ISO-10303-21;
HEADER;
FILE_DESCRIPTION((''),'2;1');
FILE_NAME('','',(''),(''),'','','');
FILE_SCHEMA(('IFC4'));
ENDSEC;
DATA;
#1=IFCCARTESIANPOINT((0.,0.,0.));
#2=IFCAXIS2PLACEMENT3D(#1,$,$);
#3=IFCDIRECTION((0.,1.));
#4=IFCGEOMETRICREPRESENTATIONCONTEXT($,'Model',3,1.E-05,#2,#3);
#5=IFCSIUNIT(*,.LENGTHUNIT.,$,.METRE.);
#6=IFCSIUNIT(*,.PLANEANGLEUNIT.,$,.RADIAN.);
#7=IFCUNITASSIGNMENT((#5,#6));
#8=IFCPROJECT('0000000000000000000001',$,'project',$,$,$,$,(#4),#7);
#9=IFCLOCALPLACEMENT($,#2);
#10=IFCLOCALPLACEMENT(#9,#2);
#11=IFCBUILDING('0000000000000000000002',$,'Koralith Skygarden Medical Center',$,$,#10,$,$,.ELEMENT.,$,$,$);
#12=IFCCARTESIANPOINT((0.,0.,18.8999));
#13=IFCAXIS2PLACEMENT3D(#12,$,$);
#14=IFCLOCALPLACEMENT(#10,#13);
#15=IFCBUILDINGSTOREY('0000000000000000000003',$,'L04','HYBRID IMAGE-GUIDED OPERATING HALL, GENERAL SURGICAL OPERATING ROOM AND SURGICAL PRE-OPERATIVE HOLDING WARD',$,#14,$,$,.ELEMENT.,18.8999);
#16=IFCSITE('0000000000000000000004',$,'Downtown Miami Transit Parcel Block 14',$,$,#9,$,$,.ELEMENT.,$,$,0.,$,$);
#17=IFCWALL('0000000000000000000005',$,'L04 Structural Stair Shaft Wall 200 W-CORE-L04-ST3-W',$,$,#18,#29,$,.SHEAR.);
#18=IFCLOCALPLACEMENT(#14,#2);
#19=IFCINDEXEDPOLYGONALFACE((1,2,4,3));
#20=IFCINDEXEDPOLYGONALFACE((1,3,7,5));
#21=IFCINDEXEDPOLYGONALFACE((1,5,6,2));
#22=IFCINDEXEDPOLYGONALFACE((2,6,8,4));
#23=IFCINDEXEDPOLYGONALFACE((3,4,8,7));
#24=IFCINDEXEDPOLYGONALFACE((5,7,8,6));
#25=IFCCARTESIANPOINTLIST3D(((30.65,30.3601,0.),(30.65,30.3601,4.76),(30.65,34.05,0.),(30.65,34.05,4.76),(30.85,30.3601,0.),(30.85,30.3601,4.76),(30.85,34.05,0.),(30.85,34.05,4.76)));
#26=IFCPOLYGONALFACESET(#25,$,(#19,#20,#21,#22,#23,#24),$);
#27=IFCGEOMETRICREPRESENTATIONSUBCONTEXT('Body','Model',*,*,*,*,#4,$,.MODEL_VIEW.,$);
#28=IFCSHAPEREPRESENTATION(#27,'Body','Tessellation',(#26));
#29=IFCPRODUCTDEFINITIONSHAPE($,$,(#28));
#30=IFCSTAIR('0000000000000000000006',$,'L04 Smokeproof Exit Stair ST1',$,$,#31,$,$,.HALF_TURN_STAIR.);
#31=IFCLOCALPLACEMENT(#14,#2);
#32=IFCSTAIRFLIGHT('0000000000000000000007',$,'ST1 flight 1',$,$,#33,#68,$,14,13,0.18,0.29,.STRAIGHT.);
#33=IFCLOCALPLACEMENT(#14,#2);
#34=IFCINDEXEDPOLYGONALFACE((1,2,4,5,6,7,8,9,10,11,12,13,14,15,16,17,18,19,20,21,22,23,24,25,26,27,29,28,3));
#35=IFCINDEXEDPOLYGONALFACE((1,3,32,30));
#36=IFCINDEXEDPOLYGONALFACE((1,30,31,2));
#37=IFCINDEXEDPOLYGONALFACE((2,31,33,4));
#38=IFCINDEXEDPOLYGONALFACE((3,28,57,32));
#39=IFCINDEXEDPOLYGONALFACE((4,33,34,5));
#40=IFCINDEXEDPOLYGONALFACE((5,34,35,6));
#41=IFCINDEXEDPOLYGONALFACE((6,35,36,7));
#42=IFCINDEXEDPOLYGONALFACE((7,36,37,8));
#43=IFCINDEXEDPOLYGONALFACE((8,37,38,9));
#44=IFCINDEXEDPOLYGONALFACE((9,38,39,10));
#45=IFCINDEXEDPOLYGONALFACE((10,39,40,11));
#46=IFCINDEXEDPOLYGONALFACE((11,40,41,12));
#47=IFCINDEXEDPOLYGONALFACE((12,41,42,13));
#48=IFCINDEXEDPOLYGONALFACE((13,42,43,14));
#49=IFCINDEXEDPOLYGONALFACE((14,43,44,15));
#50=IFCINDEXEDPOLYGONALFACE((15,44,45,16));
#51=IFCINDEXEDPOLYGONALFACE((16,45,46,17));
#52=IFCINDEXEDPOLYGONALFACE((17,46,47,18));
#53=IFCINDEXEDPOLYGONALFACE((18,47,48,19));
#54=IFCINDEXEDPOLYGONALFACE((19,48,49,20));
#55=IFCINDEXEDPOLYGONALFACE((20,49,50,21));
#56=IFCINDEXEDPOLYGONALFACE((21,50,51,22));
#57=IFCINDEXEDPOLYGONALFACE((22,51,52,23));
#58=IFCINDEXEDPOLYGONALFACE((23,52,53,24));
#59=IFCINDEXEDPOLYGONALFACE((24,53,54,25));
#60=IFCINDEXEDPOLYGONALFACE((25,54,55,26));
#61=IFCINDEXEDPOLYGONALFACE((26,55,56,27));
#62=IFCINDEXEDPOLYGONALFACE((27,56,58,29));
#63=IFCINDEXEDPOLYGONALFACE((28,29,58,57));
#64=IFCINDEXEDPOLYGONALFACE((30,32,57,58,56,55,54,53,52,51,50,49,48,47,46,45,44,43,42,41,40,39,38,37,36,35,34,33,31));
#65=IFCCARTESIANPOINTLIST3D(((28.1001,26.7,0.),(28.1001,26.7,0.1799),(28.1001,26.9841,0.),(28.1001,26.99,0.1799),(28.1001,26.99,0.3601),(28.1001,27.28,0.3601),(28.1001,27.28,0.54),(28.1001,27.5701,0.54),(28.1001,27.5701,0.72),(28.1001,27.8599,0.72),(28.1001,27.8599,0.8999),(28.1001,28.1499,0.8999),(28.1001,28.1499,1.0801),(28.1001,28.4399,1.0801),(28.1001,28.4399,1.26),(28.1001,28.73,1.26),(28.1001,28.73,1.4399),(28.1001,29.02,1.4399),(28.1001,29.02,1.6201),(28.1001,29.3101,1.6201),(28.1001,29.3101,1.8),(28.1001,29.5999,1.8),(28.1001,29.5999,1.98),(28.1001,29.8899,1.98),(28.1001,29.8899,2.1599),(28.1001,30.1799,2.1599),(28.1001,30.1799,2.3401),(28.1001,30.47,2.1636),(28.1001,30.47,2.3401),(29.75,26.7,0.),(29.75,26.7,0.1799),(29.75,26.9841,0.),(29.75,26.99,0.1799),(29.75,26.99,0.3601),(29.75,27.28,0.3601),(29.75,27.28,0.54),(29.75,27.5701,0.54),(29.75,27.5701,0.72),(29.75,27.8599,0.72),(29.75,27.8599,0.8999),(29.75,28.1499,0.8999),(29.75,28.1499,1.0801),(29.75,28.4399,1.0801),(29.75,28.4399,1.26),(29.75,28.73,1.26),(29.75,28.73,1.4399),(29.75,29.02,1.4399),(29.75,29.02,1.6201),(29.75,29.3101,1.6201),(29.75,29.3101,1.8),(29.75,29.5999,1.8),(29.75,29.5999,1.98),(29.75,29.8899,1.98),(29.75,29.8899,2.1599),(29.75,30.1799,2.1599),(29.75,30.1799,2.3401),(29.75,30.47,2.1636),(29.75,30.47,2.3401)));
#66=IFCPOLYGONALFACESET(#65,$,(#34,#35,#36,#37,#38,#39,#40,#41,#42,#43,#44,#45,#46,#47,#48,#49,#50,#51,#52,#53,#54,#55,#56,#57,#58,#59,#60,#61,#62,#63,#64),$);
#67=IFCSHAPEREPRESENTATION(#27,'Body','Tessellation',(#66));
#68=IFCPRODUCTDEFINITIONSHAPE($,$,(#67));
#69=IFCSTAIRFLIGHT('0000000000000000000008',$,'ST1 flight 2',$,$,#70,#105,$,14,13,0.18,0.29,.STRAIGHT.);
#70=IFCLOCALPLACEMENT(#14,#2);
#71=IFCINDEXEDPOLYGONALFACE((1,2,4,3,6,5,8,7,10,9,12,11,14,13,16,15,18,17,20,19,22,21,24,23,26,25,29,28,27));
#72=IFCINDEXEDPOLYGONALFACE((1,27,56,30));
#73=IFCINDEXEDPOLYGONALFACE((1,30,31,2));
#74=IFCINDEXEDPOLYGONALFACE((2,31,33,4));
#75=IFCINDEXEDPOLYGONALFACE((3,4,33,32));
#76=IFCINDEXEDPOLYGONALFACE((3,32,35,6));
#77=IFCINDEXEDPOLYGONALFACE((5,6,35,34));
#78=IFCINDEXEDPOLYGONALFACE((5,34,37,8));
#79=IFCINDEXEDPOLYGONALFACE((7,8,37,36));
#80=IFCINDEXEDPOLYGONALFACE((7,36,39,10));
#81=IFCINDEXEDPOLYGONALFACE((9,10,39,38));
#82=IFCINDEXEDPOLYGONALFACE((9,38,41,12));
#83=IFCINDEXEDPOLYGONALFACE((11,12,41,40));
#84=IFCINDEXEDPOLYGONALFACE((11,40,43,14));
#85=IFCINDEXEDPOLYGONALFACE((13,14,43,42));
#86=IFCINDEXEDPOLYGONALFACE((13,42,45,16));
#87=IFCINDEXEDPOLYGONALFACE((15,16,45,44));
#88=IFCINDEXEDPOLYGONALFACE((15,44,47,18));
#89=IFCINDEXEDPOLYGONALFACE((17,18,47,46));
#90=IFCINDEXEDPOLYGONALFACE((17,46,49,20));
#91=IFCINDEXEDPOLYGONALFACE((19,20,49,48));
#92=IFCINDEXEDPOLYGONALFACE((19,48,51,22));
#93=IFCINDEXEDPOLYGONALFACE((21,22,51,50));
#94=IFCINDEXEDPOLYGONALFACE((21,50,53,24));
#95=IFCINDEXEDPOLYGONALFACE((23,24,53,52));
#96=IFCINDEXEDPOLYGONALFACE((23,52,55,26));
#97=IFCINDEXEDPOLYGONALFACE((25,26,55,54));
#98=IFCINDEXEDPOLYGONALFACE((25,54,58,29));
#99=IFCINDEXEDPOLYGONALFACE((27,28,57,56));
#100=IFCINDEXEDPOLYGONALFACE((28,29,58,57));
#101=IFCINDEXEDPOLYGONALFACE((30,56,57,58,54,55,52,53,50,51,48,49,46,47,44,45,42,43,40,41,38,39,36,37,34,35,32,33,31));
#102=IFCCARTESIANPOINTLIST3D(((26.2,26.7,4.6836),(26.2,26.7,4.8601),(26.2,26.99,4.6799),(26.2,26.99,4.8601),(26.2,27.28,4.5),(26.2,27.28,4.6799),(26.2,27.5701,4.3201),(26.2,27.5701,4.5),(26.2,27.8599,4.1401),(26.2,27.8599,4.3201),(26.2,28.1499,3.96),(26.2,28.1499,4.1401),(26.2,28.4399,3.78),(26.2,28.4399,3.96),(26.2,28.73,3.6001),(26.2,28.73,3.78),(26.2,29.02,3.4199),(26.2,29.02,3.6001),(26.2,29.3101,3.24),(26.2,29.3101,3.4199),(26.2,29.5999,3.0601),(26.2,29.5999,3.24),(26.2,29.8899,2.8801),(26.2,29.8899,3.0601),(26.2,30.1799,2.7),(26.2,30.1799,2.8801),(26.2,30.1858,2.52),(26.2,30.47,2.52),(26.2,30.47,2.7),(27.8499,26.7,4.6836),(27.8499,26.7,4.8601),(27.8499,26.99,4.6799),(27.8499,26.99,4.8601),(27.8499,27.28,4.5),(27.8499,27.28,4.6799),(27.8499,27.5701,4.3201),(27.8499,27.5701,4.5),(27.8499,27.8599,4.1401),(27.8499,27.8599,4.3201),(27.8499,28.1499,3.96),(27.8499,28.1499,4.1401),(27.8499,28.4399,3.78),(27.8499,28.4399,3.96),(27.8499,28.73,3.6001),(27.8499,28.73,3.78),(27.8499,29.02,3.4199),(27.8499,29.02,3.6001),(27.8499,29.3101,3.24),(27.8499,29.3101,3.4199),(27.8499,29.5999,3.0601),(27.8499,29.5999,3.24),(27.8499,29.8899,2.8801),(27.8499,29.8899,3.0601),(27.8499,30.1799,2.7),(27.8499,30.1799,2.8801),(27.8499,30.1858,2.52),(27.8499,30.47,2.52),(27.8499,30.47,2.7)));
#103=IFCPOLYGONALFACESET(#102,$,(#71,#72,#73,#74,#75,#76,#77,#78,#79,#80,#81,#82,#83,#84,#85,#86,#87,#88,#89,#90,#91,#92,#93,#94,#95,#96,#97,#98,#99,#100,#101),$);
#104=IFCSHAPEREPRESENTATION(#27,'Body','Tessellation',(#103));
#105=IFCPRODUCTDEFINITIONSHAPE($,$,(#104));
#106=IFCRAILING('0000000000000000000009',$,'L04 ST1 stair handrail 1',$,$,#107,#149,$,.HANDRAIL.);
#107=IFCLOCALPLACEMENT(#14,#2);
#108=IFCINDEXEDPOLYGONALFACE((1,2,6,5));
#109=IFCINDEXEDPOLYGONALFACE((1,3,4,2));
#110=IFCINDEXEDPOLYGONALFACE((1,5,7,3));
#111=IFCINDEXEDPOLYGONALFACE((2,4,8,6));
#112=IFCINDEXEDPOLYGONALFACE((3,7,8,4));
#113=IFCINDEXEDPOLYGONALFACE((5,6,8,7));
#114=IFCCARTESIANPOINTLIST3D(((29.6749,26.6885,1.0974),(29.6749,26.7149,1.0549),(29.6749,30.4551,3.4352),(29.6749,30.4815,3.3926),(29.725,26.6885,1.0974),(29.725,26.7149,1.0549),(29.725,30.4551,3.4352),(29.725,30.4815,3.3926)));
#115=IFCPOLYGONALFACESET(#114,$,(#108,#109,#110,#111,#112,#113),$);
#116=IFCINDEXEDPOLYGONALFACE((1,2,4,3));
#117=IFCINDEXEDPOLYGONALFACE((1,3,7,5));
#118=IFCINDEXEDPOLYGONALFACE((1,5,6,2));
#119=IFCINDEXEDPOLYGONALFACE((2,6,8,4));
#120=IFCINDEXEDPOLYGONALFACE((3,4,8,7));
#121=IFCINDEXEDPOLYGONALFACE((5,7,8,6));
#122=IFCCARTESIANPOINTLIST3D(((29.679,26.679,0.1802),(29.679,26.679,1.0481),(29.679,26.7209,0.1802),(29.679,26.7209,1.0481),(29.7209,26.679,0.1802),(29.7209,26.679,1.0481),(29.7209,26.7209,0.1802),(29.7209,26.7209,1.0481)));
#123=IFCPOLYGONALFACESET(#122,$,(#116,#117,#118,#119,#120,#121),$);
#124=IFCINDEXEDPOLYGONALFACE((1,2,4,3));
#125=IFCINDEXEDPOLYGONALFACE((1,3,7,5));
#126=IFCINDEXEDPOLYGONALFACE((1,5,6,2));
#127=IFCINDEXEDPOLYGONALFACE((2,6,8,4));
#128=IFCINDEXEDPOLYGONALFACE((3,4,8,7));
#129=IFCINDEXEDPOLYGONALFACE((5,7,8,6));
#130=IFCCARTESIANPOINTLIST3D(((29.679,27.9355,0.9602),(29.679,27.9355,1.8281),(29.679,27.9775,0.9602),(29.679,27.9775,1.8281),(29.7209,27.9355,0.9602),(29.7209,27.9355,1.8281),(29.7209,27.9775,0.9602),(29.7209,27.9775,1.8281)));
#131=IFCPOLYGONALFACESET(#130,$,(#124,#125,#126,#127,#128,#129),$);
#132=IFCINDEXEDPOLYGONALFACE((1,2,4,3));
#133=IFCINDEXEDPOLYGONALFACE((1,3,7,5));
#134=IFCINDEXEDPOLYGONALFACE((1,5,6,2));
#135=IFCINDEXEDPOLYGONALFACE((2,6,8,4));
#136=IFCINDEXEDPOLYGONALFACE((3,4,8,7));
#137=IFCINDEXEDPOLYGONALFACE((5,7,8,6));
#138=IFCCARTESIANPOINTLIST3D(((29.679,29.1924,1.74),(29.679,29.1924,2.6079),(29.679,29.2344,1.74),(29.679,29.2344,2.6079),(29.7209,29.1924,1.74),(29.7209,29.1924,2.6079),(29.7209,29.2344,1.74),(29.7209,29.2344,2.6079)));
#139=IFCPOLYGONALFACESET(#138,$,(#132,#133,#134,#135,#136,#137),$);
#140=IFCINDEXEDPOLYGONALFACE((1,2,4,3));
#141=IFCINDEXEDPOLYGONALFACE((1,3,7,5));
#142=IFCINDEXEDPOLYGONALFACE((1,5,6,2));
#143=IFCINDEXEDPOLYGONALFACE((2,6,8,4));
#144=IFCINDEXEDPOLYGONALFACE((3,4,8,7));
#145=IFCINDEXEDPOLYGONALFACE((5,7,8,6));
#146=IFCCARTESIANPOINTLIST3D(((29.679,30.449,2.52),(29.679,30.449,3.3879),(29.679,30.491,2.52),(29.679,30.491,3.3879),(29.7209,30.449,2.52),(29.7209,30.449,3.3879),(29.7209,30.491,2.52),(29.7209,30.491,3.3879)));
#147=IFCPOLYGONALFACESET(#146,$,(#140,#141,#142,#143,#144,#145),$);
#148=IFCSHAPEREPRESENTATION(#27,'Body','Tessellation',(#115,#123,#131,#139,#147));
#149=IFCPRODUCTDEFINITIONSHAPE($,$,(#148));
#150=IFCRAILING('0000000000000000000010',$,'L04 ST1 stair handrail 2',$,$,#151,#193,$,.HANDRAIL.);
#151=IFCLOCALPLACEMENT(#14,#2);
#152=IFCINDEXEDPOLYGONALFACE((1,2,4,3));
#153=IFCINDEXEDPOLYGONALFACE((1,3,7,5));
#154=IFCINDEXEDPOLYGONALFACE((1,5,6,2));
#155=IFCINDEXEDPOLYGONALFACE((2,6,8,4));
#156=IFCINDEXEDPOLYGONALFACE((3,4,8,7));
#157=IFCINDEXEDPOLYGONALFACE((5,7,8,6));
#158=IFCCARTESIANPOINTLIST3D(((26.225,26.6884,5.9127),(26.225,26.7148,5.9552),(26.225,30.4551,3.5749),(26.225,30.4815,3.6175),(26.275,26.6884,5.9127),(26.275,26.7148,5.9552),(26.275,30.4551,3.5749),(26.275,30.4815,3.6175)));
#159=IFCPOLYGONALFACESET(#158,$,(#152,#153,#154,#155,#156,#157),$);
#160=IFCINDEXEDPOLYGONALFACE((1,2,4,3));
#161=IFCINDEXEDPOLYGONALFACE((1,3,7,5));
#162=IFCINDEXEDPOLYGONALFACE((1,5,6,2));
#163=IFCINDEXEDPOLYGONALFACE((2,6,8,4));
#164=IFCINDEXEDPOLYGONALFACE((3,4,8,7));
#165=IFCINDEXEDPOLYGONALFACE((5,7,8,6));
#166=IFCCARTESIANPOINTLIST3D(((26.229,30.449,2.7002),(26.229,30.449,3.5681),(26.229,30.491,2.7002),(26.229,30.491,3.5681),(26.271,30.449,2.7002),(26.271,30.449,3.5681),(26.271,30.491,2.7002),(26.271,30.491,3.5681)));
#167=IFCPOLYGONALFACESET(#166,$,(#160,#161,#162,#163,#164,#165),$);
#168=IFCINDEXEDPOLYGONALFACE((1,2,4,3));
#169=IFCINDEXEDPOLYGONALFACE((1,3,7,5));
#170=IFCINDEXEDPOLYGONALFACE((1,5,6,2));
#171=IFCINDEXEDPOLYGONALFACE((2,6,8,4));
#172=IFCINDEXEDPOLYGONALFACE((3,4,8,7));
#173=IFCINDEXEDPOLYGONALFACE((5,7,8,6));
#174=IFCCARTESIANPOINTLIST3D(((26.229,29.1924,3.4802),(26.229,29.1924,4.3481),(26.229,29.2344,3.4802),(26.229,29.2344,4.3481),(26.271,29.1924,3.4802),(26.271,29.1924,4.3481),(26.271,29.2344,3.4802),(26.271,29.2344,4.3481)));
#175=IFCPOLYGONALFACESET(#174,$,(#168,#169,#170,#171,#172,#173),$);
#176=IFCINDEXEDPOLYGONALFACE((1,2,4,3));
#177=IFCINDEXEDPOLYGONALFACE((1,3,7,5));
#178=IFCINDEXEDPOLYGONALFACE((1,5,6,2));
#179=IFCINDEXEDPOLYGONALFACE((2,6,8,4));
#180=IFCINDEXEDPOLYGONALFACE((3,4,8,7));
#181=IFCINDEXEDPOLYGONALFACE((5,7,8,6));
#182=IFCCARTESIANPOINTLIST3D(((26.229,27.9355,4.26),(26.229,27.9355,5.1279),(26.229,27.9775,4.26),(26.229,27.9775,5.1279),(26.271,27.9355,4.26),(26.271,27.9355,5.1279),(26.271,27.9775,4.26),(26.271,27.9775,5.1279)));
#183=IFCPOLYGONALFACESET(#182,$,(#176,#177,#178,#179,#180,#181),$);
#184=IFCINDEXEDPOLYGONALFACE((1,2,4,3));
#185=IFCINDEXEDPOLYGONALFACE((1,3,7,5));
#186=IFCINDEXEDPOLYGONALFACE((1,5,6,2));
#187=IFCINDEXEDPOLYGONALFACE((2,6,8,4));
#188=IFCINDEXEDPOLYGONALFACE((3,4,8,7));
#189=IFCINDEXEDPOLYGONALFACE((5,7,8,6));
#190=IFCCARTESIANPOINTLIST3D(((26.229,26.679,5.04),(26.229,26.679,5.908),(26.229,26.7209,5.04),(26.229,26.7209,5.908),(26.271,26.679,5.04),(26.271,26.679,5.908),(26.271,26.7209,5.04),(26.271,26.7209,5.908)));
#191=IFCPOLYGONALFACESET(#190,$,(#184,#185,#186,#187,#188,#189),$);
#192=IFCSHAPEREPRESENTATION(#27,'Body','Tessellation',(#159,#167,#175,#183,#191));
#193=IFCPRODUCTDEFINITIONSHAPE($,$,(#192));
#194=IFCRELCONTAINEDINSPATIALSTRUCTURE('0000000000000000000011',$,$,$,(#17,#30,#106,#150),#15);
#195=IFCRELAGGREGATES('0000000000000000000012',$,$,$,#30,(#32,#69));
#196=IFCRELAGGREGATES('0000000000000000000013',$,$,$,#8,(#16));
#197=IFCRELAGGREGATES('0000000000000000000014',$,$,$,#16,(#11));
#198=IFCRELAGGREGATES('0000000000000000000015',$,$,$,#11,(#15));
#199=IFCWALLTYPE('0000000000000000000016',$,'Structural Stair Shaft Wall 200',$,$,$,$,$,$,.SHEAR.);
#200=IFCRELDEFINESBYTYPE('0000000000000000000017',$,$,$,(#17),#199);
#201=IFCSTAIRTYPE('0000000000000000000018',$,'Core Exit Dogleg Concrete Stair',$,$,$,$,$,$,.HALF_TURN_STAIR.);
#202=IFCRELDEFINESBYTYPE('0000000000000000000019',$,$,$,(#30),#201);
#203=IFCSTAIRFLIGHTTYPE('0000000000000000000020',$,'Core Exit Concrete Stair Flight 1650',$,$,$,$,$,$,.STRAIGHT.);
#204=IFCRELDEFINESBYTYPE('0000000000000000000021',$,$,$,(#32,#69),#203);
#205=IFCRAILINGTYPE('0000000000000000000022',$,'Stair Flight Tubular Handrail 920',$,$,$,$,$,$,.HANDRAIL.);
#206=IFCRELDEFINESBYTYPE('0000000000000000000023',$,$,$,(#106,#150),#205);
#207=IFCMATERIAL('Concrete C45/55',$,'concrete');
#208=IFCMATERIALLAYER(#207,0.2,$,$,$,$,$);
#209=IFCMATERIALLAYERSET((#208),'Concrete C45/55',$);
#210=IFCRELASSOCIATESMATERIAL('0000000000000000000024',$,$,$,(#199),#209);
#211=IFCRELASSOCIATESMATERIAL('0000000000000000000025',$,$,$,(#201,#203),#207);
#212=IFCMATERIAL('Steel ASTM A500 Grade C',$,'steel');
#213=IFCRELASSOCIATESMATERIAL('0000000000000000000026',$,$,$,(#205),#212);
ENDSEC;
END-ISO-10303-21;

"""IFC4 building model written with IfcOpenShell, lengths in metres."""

from ifc_helpers import new_model, si_unit, direction, frame, frame_2d, origin, origin_2d, place, context, subcontext, project, spatial, polyline, rectangle, outline, extrude, material, layer, layer_set, type_object, element, aggregate, save


model = new_model("IFC4")

# Units and contexts
model_context = context("Model", 3, precision=1e-05, world=origin(), true_north=direction((0.0, 1.0)))
body_context = subcontext(model_context, "Body", "Model", "MODEL_VIEW")
ifc_project = project(units=[si_unit("LENGTHUNIT", "METRE"), si_unit("PLANEANGLEUNIT", "RADIAN")], contexts=[model_context])

# Site, building, storey
site_placement = place(None, origin())
site = spatial("IfcSite", under=ifc_project, at=site_placement, Name="Downtown Miami Transit Parcel Block 14", CompositionType="ELEMENT", RefElevation=0.0)
building_placement = place(site_placement, origin())
building = spatial("IfcBuilding", under=site, at=building_placement, Name="Koralith Skygarden Medical Center", CompositionType="ELEMENT")
storey_placement = place(building_placement, frame((0.0, 0.0, 18.8999)))
storey = spatial("IfcBuildingStorey", under=building, at=storey_placement, Name="L04", Description="HYBRID IMAGE-GUIDED OPERATING HALL, GENERAL SURGICAL OPERATING ROOM AND SURGICAL PRE-OPERATIVE HOLDING WARD", CompositionType="ELEMENT", Elevation=18.8999)

# Wall
ifc_material_1 = material(Name="Concrete C45/55", Category="concrete")
ifc_layer_1 = layer(ifc_material_1, 0.2)
ifc_layer_set_1 = layer_set([ifc_layer_1], Name="Concrete C45/55")
wall_type_1 = type_object("IfcWallType", Name="Structural Stair Shaft Wall 200", PredefinedType="SHEAR", material=ifc_layer_set_1)
wall_1_placement = place(storey_placement, frame((30.75, 30.3601, 0.0), z_axis=(0.0, 0.0, 1.0), x_axis=(0.0, 1.0, 0.0)))
element("IfcWall", 1, at=wall_1_placement, inside=storey, type_object=wall_type_1, Name="L04 Structural Stair Shaft Wall 200 W-CORE-L04-ST3-W", PredefinedType="SHEAR", context=body_context, shape_type="SweptSolid", body=[
    extrude(rectangle(XDim=3.6899, YDim=0.2, at=frame_2d((1.845, 0.0))), origin(), (0.0, 0.0, 1.0), 4.76),
])

# Stair, stair flights
stair_type = type_object("IfcStairType", Name="Core Exit Dogleg Concrete Stair", PredefinedType="HALF_TURN_STAIR", material=ifc_material_1)
stair_placement = place(storey_placement, origin())
stair = element("IfcStair", 2, at=stair_placement, inside=storey, type_object=stair_type, Name="L04 Smokeproof Exit Stair ST1", PredefinedType="HALF_TURN_STAIR")
stair_flight_type = type_object("IfcStairFlightType", Name="Core Exit Concrete Stair Flight 1650", PredefinedType="STRAIGHT", material=ifc_material_1)
stair_flight_1_placement = place(storey_placement, frame((28.925, 26.7, 0.0), z_axis=(0.0, 0.0, 1.0), x_axis=(0.0, 1.0, 0.0)))
stair_flight_1 = element("IfcStairFlight", 3, at=stair_flight_1_placement, type_object=stair_flight_type, Name="ST1 flight 1", NumberOfRisers=14, NumberOfTreads=13, PredefinedType="STRAIGHT", RiserHeight=0.18, TreadLength=0.29, context=body_context, shape_type="SweptSolid", body=[
    extrude(outline(polyline([(0.0, 0.0), (0.0, 0.1799), (0.29, 0.1799), (0.29, 0.3601), (0.5801, 0.3601), (0.5801, 0.54), (0.8701, 0.54), (0.8701, 0.72), (1.1599, 0.72), (1.1599, 0.8999), (1.45, 0.8999), (1.45, 1.0801), (1.74, 1.0801), (1.74, 1.26), (2.03, 1.26), (2.03, 1.4399), (2.3201, 1.4399), (2.3201, 1.6201), (2.6101, 1.6201), (2.6101, 1.8), (2.8999, 1.8), (2.8999, 1.98), (3.1899, 1.98), (3.1899, 2.1599), (3.48, 2.1599), (3.48, 2.3401), (3.77, 2.3401), (3.77, 2.52), (3.77, 2.1636), (0.2842, 0.0), (0.0, 0.0)])), frame((0.0, 0.825, 0.0), z_axis=(0.0, -1.0, 0.0), x_axis=(1.0, 0.0, 0.0)), (0.0, 0.0, 1.0), 1.6499),
])
stair_flight_2_placement = place(storey_placement, frame((27.0249, 30.47, 2.52), z_axis=(0.0, 0.0, 1.0), x_axis=(0.0, -1.0, 0.0)))
stair_flight_2 = element("IfcStairFlight", 4, at=stair_flight_2_placement, type_object=stair_flight_type, Name="ST1 flight 2", NumberOfRisers=14, NumberOfTreads=13, PredefinedType="STRAIGHT", RiserHeight=0.18, TreadLength=0.29, context=body_context, shape_type="SweptSolid", body=[
    extrude(outline(polyline([(0.0, 0.0), (0.0, 0.1799), (0.29, 0.1799), (0.29, 0.3601), (0.5801, 0.3601), (0.5801, 0.54), (0.8701, 0.54), (0.8701, 0.72), (1.1599, 0.72), (1.1599, 0.8999), (1.45, 0.8999), (1.45, 1.0801), (1.74, 1.0801), (1.74, 1.26), (2.03, 1.26), (2.03, 1.4399), (2.3201, 1.4399), (2.3201, 1.6201), (2.6101, 1.6201), (2.6101, 1.8), (2.8999, 1.8), (2.8999, 1.98), (3.1899, 1.98), (3.1899, 2.1599), (3.48, 2.1599), (3.48, 2.3401), (3.77, 2.3401), (3.77, 2.52), (3.77, 2.1636), (0.2842, 0.0), (0.0, 0.0)])), frame((0.0, 0.825, 0.0), z_axis=(0.0, -1.0, 0.0), x_axis=(1.0, 0.0, 0.0)), (0.0, 0.0, 1.0), 1.6499),
])
aggregate(stair, [stair_flight_1, stair_flight_2])

# Railings
ifc_material_2 = material(Name="Steel ASTM A500 Grade C", Category="steel")
railing_type_1 = type_object("IfcRailingType", Name="Stair Flight Tubular Handrail 920", PredefinedType="HANDRAIL", material=ifc_material_2)
railing_1_placement = place(storey_placement, frame((29.7, 26.7, 0.1802)))
element("IfcRailing", 5, at=railing_1_placement, inside=storey, type_object=railing_type_1, Name="L04 ST1 stair handrail 1", PredefinedType="HANDRAIL", context=body_context, shape_type="SweptSolid", body=[
    extrude(rectangle(XDim=0.05, YDim=0.05, at=origin_2d()), frame((0.0, 0.0017, 0.896), z_axis=(0.0, 0.849657, 0.527335), x_axis=(-1.0, 0.0, 0.0)), (0.0, 0.0, 1.0), 4.4331),
    extrude(rectangle(XDim=0.042, YDim=0.042, at=origin_2d()), origin(), (0.0, 0.0, 1.0), 0.8679),
    extrude(rectangle(XDim=0.042, YDim=0.042, at=origin_2d()), frame((0.0, 1.2566, 0.78)), (0.0, 0.0, 1.0), 0.8679),
    extrude(rectangle(XDim=0.042, YDim=0.042, at=origin_2d()), frame((0.0, 2.5134, 1.5598)), (0.0, 0.0, 1.0), 0.8679),
    extrude(rectangle(XDim=0.042, YDim=0.042, at=origin_2d()), frame((0.0, 3.77, 2.3398)), (0.0, 0.0, 1.0), 0.8679),
])
railing_2_placement = place(storey_placement, frame((26.25, 30.47, 2.7002)))
element("IfcRailing", 6, at=railing_2_placement, inside=storey, type_object=railing_type_1, Name="L04 ST1 stair handrail 2", PredefinedType="HANDRAIL", context=body_context, shape_type="SweptSolid", body=[
    extrude(rectangle(XDim=0.05, YDim=0.05, at=origin_2d()), frame((0.0, -0.0017, 0.896), z_axis=(0.0, -0.849657, 0.527335), x_axis=(1.0, 0.0, 0.0)), (0.0, 0.0, 1.0), 4.4331),
    extrude(rectangle(XDim=0.042, YDim=0.042, at=origin_2d()), origin(), (0.0, 0.0, 1.0), 0.8679),
    extrude(rectangle(XDim=0.042, YDim=0.042, at=origin_2d()), frame((0.0, -1.2566, 0.78)), (0.0, 0.0, 1.0), 0.8679),
    extrude(rectangle(XDim=0.042, YDim=0.042, at=origin_2d()), frame((0.0, -2.5134, 1.5598)), (0.0, 0.0, 1.0), 0.8679),
    extrude(rectangle(XDim=0.042, YDim=0.042, at=origin_2d()), frame((0.0, -3.77, 2.3398)), (0.0, 0.0, 1.0), 0.8679),
])

save(model, "model.ifc")
